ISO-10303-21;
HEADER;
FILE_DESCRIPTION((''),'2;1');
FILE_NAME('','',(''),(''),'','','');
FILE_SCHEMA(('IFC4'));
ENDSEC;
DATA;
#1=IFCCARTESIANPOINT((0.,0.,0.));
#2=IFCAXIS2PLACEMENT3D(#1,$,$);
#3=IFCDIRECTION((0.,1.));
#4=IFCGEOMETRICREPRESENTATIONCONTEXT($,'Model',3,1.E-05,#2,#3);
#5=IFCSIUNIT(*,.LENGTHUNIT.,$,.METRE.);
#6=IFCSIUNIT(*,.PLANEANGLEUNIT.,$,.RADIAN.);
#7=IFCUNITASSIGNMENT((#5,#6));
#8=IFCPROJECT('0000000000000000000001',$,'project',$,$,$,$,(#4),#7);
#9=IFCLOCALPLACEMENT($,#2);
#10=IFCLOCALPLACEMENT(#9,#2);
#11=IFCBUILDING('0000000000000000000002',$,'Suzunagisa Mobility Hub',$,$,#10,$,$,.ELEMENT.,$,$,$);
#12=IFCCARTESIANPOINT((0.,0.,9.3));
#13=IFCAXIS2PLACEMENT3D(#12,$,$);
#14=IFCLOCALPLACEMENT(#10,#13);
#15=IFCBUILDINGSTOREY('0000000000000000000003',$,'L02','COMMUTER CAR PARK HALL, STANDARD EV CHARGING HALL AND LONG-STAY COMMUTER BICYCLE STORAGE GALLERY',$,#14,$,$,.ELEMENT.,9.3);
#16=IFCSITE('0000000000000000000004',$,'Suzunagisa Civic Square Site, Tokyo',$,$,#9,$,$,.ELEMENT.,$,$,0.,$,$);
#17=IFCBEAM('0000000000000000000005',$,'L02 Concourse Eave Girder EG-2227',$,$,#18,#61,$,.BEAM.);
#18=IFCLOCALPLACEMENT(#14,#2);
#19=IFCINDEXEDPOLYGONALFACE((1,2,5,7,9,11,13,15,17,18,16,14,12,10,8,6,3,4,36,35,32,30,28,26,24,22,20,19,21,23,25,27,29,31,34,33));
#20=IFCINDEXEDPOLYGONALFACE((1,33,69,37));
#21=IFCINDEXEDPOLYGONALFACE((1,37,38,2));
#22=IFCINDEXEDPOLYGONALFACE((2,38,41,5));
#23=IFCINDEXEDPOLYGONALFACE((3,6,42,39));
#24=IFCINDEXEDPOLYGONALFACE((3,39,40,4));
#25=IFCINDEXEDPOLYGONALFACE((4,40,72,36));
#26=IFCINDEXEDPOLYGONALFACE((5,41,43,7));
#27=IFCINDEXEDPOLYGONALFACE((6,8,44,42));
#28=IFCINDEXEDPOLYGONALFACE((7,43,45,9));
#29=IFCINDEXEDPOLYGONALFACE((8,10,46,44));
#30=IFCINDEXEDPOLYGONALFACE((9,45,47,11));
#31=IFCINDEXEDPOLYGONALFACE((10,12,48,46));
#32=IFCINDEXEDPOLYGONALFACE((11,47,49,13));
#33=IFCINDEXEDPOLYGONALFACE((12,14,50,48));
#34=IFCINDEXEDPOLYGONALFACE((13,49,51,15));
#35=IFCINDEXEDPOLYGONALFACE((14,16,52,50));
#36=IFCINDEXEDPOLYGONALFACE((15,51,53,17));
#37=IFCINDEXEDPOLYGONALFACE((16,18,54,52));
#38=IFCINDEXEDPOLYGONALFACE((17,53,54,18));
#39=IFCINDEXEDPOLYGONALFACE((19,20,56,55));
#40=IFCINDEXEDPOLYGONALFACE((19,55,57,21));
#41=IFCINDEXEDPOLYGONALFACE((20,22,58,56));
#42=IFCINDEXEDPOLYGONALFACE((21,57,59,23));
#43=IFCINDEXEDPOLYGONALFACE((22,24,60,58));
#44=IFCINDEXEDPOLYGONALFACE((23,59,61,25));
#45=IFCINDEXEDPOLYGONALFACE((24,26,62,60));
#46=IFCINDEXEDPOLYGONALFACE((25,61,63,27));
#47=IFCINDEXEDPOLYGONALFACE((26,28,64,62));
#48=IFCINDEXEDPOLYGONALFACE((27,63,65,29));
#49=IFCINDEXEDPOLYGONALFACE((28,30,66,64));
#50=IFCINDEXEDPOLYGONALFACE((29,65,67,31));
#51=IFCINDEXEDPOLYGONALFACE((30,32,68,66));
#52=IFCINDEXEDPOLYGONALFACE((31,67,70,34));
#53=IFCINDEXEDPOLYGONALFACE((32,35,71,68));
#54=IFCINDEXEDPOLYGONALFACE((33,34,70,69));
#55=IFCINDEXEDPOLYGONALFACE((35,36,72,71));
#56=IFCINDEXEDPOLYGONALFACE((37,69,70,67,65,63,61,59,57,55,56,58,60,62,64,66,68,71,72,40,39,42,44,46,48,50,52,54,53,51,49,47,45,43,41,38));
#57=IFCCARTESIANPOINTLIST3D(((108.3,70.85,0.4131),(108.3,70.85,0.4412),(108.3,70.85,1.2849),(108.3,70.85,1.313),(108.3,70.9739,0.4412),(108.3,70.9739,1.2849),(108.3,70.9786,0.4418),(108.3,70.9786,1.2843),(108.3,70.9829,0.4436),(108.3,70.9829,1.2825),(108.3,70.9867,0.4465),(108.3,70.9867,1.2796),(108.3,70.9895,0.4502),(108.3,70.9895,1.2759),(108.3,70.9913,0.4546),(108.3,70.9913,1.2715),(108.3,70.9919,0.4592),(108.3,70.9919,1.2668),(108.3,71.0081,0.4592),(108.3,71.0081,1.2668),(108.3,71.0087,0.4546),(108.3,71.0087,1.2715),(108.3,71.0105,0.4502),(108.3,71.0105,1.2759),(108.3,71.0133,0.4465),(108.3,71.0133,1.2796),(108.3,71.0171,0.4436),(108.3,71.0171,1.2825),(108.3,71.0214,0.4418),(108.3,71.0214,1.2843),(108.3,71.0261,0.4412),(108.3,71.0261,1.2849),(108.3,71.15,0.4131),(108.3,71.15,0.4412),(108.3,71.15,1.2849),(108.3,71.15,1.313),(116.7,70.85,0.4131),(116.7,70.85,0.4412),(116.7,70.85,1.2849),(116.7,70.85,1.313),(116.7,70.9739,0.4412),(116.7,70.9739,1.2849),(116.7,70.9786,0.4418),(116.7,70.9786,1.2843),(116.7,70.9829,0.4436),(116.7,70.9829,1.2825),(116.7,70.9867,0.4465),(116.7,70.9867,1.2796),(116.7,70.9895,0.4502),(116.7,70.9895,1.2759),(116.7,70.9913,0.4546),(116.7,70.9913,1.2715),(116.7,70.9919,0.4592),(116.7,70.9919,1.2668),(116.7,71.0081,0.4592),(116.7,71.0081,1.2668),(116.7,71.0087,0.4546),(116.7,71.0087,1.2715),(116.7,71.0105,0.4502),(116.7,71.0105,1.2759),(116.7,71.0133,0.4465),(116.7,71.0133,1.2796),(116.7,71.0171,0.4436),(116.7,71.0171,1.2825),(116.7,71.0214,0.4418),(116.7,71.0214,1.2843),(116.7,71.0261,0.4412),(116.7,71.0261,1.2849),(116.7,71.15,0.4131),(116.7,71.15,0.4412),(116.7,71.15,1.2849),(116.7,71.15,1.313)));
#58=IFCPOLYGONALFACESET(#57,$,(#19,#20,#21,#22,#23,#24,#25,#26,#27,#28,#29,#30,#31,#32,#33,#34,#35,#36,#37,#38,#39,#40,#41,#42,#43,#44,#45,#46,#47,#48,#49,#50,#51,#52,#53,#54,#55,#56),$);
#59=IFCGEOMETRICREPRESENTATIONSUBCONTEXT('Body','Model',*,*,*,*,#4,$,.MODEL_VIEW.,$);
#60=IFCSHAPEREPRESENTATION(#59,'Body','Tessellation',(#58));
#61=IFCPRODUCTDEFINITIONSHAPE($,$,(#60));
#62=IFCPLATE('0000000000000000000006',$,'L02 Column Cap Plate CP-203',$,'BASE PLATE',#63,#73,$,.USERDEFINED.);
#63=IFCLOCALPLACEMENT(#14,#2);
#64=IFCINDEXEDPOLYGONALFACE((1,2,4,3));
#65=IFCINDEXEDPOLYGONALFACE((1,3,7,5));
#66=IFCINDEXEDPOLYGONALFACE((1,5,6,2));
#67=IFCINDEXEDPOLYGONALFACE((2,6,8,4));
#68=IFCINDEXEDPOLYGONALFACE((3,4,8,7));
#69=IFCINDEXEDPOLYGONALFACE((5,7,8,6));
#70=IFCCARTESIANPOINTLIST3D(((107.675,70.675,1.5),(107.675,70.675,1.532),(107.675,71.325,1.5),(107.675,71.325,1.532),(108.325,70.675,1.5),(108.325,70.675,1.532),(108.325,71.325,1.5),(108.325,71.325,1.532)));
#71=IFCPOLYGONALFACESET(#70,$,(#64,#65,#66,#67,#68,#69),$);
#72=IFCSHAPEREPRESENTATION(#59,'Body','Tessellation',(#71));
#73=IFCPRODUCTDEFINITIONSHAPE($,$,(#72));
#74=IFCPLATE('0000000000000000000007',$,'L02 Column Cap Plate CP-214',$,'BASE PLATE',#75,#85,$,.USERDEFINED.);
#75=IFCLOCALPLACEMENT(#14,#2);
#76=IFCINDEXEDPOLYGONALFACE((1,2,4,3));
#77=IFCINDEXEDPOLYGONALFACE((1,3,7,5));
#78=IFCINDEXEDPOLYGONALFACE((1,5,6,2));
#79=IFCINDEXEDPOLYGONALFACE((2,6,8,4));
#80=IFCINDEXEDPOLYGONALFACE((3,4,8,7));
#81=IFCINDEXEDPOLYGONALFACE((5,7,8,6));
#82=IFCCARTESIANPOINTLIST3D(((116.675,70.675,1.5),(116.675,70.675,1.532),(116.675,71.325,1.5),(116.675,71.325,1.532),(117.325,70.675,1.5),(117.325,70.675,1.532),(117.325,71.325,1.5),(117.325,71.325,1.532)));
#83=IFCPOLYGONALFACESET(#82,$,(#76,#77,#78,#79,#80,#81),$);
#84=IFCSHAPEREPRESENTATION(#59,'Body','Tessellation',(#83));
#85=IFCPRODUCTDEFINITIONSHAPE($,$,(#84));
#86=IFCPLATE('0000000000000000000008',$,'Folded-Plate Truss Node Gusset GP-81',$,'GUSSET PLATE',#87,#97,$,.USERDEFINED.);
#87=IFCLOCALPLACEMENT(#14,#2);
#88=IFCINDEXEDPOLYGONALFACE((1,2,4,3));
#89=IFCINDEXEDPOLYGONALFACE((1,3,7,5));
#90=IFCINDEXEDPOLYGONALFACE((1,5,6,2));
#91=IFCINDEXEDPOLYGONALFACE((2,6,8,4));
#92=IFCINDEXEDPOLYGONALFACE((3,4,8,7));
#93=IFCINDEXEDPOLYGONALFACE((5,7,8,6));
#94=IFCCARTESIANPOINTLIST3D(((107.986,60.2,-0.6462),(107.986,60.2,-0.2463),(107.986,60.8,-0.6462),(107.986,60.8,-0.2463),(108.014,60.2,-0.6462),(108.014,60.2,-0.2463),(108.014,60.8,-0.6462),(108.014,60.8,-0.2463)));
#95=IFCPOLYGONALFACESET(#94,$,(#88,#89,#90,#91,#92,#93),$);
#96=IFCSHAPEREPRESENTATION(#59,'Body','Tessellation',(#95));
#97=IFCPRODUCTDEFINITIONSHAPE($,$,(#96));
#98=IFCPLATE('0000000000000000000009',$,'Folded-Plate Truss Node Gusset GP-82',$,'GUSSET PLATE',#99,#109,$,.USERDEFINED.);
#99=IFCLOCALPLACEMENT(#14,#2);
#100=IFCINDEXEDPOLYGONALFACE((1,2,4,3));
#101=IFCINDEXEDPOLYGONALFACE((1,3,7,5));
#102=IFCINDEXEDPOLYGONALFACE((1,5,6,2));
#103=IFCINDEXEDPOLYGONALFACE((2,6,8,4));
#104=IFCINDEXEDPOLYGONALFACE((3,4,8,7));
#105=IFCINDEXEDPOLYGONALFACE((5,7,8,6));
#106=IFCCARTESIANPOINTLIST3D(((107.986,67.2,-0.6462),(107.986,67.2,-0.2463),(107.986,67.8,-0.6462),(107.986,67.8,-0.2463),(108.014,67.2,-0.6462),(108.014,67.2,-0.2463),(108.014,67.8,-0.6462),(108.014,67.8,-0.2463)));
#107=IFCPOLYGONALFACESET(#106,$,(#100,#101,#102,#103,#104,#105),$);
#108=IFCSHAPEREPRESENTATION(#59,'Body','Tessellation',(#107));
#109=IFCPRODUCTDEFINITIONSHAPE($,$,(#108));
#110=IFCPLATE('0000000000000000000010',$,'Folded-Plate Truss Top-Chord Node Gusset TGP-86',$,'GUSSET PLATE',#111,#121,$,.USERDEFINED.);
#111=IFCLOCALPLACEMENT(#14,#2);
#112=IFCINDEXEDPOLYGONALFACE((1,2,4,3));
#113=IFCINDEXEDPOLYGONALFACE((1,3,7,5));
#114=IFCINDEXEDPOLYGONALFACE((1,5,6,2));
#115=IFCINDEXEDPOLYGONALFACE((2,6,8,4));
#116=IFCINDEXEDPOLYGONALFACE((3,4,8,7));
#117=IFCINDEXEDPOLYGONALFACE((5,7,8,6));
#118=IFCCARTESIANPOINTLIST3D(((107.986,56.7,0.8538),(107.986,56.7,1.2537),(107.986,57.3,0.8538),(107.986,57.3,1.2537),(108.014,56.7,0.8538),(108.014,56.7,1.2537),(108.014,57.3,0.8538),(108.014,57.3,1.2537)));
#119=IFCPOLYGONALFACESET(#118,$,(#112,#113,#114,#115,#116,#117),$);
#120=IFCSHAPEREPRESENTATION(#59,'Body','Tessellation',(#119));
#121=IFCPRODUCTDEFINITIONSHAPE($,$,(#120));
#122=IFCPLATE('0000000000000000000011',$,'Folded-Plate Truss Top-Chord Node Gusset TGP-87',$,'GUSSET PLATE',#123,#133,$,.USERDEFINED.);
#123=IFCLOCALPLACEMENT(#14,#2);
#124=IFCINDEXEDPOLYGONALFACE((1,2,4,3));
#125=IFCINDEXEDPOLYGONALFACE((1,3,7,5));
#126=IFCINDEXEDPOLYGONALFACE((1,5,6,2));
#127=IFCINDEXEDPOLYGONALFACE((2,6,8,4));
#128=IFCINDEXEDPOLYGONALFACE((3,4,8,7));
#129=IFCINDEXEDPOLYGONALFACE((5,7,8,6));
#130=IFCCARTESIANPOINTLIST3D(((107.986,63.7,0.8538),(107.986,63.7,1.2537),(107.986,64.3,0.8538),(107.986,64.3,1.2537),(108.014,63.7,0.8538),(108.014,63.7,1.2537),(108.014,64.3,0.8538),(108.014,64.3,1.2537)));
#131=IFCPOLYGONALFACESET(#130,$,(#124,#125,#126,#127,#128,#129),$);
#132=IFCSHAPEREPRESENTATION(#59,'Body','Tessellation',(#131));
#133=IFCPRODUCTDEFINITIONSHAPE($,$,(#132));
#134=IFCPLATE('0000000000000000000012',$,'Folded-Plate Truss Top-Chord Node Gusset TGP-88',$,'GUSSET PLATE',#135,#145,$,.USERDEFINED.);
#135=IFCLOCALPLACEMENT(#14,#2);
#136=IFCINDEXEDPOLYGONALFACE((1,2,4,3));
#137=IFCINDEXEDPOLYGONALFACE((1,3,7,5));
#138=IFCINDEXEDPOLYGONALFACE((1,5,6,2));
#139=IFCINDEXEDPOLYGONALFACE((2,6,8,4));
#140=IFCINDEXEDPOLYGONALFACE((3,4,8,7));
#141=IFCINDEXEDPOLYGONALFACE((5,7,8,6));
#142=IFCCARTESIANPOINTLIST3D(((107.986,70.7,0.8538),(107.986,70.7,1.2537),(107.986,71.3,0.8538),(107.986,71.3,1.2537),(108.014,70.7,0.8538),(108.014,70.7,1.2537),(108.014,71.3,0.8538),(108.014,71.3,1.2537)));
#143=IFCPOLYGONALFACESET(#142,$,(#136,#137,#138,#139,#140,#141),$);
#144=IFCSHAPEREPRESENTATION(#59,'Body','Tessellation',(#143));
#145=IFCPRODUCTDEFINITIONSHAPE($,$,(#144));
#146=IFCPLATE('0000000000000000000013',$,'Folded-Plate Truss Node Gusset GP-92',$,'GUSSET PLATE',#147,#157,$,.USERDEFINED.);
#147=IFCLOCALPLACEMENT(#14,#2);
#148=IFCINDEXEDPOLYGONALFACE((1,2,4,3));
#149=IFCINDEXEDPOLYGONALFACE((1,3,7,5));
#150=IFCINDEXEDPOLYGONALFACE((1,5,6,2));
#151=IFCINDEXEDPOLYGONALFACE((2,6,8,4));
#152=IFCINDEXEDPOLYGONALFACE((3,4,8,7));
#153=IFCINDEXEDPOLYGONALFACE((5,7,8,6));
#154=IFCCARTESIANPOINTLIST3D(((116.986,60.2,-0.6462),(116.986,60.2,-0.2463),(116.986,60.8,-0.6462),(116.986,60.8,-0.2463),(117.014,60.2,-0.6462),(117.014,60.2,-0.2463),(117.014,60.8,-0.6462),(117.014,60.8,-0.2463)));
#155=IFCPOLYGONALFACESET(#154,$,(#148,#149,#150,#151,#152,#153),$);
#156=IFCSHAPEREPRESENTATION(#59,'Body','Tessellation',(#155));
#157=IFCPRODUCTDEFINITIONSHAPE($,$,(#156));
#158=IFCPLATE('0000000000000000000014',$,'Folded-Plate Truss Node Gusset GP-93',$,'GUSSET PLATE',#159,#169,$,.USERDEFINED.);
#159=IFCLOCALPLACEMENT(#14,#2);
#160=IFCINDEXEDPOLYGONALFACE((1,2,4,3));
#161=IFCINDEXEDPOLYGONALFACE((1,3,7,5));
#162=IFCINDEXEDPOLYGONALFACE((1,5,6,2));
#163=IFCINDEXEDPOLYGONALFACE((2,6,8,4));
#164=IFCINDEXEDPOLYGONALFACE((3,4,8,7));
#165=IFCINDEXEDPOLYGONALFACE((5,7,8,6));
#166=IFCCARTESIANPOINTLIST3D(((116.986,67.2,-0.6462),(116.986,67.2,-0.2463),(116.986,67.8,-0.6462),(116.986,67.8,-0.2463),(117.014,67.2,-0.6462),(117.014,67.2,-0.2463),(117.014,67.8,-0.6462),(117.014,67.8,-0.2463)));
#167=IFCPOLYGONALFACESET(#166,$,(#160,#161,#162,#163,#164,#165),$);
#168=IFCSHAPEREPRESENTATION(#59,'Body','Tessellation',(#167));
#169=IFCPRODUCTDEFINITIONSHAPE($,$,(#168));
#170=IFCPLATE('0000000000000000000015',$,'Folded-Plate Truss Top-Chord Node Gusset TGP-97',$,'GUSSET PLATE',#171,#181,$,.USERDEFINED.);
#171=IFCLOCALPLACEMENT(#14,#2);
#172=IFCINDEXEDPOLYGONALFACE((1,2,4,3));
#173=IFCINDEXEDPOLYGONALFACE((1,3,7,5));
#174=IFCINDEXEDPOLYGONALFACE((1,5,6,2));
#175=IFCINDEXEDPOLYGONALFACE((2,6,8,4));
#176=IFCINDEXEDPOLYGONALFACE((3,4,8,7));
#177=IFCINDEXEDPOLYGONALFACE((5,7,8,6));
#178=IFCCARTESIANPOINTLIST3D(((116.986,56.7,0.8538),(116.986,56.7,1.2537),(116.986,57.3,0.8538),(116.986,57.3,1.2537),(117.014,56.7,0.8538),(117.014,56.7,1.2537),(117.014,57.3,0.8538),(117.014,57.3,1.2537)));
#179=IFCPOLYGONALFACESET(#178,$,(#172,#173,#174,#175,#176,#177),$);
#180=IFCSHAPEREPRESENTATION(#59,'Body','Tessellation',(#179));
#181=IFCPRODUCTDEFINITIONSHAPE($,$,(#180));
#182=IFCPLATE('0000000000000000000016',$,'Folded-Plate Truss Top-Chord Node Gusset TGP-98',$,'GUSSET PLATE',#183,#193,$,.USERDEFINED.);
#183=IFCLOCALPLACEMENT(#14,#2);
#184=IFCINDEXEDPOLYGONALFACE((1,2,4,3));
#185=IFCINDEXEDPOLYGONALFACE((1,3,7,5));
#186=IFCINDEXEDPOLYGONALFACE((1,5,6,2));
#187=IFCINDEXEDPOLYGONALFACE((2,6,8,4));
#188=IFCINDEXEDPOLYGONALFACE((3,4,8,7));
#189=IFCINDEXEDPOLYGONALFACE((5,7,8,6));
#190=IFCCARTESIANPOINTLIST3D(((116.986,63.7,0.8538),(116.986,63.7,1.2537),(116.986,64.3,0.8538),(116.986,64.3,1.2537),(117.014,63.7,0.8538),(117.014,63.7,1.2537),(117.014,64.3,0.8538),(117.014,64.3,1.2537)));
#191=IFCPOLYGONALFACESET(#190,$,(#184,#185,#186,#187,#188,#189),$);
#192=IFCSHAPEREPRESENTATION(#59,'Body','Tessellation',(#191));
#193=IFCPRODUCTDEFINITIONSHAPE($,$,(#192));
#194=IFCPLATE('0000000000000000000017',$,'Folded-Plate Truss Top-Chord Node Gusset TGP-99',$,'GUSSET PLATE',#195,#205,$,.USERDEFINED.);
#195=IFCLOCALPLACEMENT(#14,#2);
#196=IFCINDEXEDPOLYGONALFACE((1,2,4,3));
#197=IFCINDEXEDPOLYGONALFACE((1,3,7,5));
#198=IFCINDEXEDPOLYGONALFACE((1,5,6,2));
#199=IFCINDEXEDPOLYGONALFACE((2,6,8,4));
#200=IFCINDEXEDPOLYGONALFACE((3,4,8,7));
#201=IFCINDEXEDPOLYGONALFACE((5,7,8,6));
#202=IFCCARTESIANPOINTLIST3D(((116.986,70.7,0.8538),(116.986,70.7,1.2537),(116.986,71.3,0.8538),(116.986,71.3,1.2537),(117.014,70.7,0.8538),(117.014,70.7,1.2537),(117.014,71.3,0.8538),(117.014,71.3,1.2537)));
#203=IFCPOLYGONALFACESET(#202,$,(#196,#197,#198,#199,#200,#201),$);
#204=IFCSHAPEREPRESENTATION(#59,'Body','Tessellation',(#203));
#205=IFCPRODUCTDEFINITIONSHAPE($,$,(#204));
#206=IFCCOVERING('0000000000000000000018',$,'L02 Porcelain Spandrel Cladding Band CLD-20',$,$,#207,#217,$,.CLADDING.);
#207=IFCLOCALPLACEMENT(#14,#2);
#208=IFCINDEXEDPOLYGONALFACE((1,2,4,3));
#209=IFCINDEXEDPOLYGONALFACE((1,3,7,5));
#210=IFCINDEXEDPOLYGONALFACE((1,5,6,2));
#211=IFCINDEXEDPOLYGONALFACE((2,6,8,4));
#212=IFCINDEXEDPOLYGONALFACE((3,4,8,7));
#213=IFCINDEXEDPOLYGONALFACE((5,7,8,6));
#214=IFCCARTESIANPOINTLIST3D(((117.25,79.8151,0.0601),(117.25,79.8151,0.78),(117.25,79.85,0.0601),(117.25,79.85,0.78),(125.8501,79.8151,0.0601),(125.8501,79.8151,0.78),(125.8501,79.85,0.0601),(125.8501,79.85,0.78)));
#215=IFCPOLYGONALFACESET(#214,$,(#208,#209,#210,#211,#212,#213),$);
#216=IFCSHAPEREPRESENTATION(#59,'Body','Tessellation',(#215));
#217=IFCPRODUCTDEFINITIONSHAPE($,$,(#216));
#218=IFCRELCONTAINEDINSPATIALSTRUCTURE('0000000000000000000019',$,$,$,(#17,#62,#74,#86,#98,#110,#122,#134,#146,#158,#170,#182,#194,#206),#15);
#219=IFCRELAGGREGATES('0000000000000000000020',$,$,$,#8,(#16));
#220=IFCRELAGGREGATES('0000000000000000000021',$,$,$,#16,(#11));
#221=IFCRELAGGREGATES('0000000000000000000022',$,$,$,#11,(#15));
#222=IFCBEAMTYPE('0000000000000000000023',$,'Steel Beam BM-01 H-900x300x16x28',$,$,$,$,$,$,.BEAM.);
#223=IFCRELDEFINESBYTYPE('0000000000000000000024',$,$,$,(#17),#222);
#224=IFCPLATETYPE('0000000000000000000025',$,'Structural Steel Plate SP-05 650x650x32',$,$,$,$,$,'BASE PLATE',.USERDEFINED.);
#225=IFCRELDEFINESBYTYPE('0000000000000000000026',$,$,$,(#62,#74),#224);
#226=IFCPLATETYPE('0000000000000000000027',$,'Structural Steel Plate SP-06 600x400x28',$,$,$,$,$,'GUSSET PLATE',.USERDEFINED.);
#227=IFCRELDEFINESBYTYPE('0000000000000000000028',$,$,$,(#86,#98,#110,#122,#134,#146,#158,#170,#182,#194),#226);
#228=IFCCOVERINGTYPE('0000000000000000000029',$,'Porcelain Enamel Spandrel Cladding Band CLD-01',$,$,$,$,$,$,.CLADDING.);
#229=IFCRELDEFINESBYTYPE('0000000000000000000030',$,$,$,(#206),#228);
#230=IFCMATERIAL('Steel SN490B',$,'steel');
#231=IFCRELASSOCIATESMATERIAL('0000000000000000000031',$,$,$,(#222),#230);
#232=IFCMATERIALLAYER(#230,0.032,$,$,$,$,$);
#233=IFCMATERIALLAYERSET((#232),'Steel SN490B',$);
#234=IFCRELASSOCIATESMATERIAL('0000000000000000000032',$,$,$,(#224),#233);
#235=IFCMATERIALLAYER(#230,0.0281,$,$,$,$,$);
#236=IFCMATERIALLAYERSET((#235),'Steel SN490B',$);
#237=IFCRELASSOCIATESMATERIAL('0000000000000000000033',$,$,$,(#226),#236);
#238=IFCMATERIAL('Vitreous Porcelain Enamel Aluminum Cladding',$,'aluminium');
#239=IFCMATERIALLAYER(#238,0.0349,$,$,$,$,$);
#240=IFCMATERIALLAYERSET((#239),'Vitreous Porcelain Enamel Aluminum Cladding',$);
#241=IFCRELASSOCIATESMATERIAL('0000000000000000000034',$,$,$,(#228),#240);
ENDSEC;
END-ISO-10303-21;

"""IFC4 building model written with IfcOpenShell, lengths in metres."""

from ifc_helpers import new_model, si_unit, direction, frame, origin, origin_2d, place, context, subcontext, project, spatial, rectangle, i_section, extrude, material, layer, layer_set, material_profile, profile_set, type_object, element, save


model = new_model("IFC4")

# Units and contexts
model_context = context("Model", 3, precision=1e-05, world=origin(), true_north=direction((0.0, 1.0)))
body_context = subcontext(model_context, "Body", "Model", "MODEL_VIEW")
ifc_project = project(units=[si_unit("LENGTHUNIT", "METRE"), si_unit("PLANEANGLEUNIT", "RADIAN")], contexts=[model_context])

# Site, building, storey
site_placement = place(None, origin())
site = spatial("IfcSite", under=ifc_project, at=site_placement, Name="Suzunagisa Civic Square Site, Tokyo", CompositionType="ELEMENT", RefElevation=0.0)
building_placement = place(site_placement, origin())
building = spatial("IfcBuilding", under=site, at=building_placement, Name="Suzunagisa Mobility Hub", CompositionType="ELEMENT")
storey_placement = place(building_placement, frame((0.0, 0.0, 9.3)))
storey = spatial("IfcBuildingStorey", under=building, at=storey_placement, Name="L02", Description="COMMUTER CAR PARK HALL, STANDARD EV CHARGING HALL AND LONG-STAY COMMUTER BICYCLE STORAGE GALLERY", CompositionType="ELEMENT", Elevation=9.3)

# Shared definitions
ifc_material_1 = material(Name="Steel SN490B", Category="steel")

# Beam
ifc_material_profile_1 = material_profile(ifc_material_1, i_section(OverallWidth=0.3, OverallDepth=0.8999, WebThickness=0.0161, FlangeThickness=0.0281, FilletRadius=0.0181, at=origin_2d()), Name="H-900x300x16x28")
ifc_profile_set_1 = profile_set([ifc_material_profile_1], Name="Steel SN490B")
beam_type = type_object("IfcBeamType", Name="Steel Beam BM-01 H-900x300x16x28", PredefinedType="BEAM", material=ifc_profile_set_1)
for number, where, z_axis, x_axis, name in (
    (1, (108.3, 71.0, 0.863), (1.0, 0.0, 0.0), (0.0, 1.0, 0.0), "L02 Concourse Eave Girder EG-2227"),
):
    element("IfcBeam", number, at=place(storey_placement, frame(where, z_axis=z_axis, x_axis=x_axis)), inside=storey, type_object=beam_type, Name=name, PredefinedType="BEAM", context=body_context, shape_type="SweptSolid", body=[
        extrude(i_section(OverallWidth=0.3, OverallDepth=0.8999, WebThickness=0.0161, FlangeThickness=0.0281, FilletRadius=0.0181, at=origin_2d()), origin(), (0.0, 0.0, 1.0), 8.3999),
    ])

# Plates
ifc_layer_1 = layer(ifc_material_1, 0.032)
ifc_layer_set_1 = layer_set([ifc_layer_1], Name="Steel SN490B")
plate_type_1 = type_object("IfcPlateType", Name="Structural Steel Plate SP-05 650x650x32", ElementType="BASE PLATE", PredefinedType="USERDEFINED", material=ifc_layer_set_1)
for number, where, z_axis, x_axis, name in (
    (2, (108.0, 71.0, 1.5), (0.0, 0.0, 1.0), (1.0, 0.0, 0.0), "L02 Column Cap Plate CP-203"),
    (3, (117.0, 71.0, 1.5), (0.0, 0.0, 1.0), (1.0, 0.0, 0.0), "L02 Column Cap Plate CP-214"),
):
    element("IfcPlate", number, at=place(storey_placement, frame(where, z_axis=z_axis, x_axis=x_axis)), inside=storey, type_object=plate_type_1, Name=name, ObjectType="BASE PLATE", PredefinedType="USERDEFINED", context=body_context, shape_type="SweptSolid", body=[
        extrude(rectangle(XDim=0.6499, YDim=0.6499, at=origin_2d()), origin(), (0.0, 0.0, 1.0), 0.032),
    ])
ifc_layer_2 = layer(ifc_material_1, 0.0281)
ifc_layer_set_2 = layer_set([ifc_layer_2], Name="Steel SN490B")
plate_type_2 = type_object("IfcPlateType", Name="Structural Steel Plate SP-06 600x400x28", ElementType="GUSSET PLATE", PredefinedType="USERDEFINED", material=ifc_layer_set_2)
for number, where, z_axis, x_axis, name in (
    (4, (108.0, 60.5, -0.6462), (0.0, 0.0, 1.0), (1.0, 0.0, 0.0), "Folded-Plate Truss Node Gusset GP-81"),
    (5, (108.0, 67.5, -0.6462), (0.0, 0.0, 1.0), (1.0, 0.0, 0.0), "Folded-Plate Truss Node Gusset GP-82"),
    (6, (108.0, 57.0, 0.8538), (0.0, 0.0, 1.0), (1.0, 0.0, 0.0), "Folded-Plate Truss Top-Chord Node Gusset TGP-86"),
    (7, (108.0, 64.0, 0.8538), (0.0, 0.0, 1.0), (1.0, 0.0, 0.0), "Folded-Plate Truss Top-Chord Node Gusset TGP-87"),
    (8, (108.0, 71.0, 0.8538), (0.0, 0.0, 1.0), (1.0, 0.0, 0.0), "Folded-Plate Truss Top-Chord Node Gusset TGP-88"),
    (9, (117.0, 60.5, -0.6462), (0.0, 0.0, 1.0), (1.0, 0.0, 0.0), "Folded-Plate Truss Node Gusset GP-92"),
    (10, (117.0, 67.5, -0.6462), (0.0, 0.0, 1.0), (1.0, 0.0, 0.0), "Folded-Plate Truss Node Gusset GP-93"),
    (11, (117.0, 57.0, 0.8538), (0.0, 0.0, 1.0), (1.0, 0.0, 0.0), "Folded-Plate Truss Top-Chord Node Gusset TGP-97"),
    (12, (117.0, 64.0, 0.8538), (0.0, 0.0, 1.0), (1.0, 0.0, 0.0), "Folded-Plate Truss Top-Chord Node Gusset TGP-98"),
    (13, (117.0, 71.0, 0.8538), (0.0, 0.0, 1.0), (1.0, 0.0, 0.0), "Folded-Plate Truss Top-Chord Node Gusset TGP-99"),
):
    element("IfcPlate", number, at=place(storey_placement, frame(where, z_axis=z_axis, x_axis=x_axis)), inside=storey, type_object=plate_type_2, Name=name, ObjectType="GUSSET PLATE", PredefinedType="USERDEFINED", context=body_context, shape_type="SweptSolid", body=[
        extrude(rectangle(XDim=0.0281, YDim=0.6001, at=origin_2d()), origin(), (0.0, 0.0, 1.0), 0.3999),
    ])

# Covering
ifc_material_2 = material(Name="Vitreous Porcelain Enamel Aluminum Cladding", Category="aluminium")
ifc_layer_3 = layer(ifc_material_2, 0.0349)
ifc_layer_set_3 = layer_set([ifc_layer_3], Name="Vitreous Porcelain Enamel Aluminum Cladding")
covering_type = type_object("IfcCoveringType", Name="Porcelain Enamel Spandrel Cladding Band CLD-01", PredefinedType="CLADDING", material=ifc_layer_set_3)
covering_placement = place(storey_placement, frame((121.55, 79.8325, 0.0601), z_axis=(0.0, 0.0, 1.0), x_axis=(1.0, 0.0, 0.0)))
element("IfcCovering", 14, at=covering_placement, inside=storey, type_object=covering_type, Name="L02 Porcelain Spandrel Cladding Band CLD-20", PredefinedType="CLADDING", context=body_context, shape_type="SweptSolid", body=[
    extrude(rectangle(XDim=8.6001, YDim=0.0349, at=origin_2d()), origin(), (0.0, 0.0, 1.0), 0.72),
])

save(model, "model.ifc")
